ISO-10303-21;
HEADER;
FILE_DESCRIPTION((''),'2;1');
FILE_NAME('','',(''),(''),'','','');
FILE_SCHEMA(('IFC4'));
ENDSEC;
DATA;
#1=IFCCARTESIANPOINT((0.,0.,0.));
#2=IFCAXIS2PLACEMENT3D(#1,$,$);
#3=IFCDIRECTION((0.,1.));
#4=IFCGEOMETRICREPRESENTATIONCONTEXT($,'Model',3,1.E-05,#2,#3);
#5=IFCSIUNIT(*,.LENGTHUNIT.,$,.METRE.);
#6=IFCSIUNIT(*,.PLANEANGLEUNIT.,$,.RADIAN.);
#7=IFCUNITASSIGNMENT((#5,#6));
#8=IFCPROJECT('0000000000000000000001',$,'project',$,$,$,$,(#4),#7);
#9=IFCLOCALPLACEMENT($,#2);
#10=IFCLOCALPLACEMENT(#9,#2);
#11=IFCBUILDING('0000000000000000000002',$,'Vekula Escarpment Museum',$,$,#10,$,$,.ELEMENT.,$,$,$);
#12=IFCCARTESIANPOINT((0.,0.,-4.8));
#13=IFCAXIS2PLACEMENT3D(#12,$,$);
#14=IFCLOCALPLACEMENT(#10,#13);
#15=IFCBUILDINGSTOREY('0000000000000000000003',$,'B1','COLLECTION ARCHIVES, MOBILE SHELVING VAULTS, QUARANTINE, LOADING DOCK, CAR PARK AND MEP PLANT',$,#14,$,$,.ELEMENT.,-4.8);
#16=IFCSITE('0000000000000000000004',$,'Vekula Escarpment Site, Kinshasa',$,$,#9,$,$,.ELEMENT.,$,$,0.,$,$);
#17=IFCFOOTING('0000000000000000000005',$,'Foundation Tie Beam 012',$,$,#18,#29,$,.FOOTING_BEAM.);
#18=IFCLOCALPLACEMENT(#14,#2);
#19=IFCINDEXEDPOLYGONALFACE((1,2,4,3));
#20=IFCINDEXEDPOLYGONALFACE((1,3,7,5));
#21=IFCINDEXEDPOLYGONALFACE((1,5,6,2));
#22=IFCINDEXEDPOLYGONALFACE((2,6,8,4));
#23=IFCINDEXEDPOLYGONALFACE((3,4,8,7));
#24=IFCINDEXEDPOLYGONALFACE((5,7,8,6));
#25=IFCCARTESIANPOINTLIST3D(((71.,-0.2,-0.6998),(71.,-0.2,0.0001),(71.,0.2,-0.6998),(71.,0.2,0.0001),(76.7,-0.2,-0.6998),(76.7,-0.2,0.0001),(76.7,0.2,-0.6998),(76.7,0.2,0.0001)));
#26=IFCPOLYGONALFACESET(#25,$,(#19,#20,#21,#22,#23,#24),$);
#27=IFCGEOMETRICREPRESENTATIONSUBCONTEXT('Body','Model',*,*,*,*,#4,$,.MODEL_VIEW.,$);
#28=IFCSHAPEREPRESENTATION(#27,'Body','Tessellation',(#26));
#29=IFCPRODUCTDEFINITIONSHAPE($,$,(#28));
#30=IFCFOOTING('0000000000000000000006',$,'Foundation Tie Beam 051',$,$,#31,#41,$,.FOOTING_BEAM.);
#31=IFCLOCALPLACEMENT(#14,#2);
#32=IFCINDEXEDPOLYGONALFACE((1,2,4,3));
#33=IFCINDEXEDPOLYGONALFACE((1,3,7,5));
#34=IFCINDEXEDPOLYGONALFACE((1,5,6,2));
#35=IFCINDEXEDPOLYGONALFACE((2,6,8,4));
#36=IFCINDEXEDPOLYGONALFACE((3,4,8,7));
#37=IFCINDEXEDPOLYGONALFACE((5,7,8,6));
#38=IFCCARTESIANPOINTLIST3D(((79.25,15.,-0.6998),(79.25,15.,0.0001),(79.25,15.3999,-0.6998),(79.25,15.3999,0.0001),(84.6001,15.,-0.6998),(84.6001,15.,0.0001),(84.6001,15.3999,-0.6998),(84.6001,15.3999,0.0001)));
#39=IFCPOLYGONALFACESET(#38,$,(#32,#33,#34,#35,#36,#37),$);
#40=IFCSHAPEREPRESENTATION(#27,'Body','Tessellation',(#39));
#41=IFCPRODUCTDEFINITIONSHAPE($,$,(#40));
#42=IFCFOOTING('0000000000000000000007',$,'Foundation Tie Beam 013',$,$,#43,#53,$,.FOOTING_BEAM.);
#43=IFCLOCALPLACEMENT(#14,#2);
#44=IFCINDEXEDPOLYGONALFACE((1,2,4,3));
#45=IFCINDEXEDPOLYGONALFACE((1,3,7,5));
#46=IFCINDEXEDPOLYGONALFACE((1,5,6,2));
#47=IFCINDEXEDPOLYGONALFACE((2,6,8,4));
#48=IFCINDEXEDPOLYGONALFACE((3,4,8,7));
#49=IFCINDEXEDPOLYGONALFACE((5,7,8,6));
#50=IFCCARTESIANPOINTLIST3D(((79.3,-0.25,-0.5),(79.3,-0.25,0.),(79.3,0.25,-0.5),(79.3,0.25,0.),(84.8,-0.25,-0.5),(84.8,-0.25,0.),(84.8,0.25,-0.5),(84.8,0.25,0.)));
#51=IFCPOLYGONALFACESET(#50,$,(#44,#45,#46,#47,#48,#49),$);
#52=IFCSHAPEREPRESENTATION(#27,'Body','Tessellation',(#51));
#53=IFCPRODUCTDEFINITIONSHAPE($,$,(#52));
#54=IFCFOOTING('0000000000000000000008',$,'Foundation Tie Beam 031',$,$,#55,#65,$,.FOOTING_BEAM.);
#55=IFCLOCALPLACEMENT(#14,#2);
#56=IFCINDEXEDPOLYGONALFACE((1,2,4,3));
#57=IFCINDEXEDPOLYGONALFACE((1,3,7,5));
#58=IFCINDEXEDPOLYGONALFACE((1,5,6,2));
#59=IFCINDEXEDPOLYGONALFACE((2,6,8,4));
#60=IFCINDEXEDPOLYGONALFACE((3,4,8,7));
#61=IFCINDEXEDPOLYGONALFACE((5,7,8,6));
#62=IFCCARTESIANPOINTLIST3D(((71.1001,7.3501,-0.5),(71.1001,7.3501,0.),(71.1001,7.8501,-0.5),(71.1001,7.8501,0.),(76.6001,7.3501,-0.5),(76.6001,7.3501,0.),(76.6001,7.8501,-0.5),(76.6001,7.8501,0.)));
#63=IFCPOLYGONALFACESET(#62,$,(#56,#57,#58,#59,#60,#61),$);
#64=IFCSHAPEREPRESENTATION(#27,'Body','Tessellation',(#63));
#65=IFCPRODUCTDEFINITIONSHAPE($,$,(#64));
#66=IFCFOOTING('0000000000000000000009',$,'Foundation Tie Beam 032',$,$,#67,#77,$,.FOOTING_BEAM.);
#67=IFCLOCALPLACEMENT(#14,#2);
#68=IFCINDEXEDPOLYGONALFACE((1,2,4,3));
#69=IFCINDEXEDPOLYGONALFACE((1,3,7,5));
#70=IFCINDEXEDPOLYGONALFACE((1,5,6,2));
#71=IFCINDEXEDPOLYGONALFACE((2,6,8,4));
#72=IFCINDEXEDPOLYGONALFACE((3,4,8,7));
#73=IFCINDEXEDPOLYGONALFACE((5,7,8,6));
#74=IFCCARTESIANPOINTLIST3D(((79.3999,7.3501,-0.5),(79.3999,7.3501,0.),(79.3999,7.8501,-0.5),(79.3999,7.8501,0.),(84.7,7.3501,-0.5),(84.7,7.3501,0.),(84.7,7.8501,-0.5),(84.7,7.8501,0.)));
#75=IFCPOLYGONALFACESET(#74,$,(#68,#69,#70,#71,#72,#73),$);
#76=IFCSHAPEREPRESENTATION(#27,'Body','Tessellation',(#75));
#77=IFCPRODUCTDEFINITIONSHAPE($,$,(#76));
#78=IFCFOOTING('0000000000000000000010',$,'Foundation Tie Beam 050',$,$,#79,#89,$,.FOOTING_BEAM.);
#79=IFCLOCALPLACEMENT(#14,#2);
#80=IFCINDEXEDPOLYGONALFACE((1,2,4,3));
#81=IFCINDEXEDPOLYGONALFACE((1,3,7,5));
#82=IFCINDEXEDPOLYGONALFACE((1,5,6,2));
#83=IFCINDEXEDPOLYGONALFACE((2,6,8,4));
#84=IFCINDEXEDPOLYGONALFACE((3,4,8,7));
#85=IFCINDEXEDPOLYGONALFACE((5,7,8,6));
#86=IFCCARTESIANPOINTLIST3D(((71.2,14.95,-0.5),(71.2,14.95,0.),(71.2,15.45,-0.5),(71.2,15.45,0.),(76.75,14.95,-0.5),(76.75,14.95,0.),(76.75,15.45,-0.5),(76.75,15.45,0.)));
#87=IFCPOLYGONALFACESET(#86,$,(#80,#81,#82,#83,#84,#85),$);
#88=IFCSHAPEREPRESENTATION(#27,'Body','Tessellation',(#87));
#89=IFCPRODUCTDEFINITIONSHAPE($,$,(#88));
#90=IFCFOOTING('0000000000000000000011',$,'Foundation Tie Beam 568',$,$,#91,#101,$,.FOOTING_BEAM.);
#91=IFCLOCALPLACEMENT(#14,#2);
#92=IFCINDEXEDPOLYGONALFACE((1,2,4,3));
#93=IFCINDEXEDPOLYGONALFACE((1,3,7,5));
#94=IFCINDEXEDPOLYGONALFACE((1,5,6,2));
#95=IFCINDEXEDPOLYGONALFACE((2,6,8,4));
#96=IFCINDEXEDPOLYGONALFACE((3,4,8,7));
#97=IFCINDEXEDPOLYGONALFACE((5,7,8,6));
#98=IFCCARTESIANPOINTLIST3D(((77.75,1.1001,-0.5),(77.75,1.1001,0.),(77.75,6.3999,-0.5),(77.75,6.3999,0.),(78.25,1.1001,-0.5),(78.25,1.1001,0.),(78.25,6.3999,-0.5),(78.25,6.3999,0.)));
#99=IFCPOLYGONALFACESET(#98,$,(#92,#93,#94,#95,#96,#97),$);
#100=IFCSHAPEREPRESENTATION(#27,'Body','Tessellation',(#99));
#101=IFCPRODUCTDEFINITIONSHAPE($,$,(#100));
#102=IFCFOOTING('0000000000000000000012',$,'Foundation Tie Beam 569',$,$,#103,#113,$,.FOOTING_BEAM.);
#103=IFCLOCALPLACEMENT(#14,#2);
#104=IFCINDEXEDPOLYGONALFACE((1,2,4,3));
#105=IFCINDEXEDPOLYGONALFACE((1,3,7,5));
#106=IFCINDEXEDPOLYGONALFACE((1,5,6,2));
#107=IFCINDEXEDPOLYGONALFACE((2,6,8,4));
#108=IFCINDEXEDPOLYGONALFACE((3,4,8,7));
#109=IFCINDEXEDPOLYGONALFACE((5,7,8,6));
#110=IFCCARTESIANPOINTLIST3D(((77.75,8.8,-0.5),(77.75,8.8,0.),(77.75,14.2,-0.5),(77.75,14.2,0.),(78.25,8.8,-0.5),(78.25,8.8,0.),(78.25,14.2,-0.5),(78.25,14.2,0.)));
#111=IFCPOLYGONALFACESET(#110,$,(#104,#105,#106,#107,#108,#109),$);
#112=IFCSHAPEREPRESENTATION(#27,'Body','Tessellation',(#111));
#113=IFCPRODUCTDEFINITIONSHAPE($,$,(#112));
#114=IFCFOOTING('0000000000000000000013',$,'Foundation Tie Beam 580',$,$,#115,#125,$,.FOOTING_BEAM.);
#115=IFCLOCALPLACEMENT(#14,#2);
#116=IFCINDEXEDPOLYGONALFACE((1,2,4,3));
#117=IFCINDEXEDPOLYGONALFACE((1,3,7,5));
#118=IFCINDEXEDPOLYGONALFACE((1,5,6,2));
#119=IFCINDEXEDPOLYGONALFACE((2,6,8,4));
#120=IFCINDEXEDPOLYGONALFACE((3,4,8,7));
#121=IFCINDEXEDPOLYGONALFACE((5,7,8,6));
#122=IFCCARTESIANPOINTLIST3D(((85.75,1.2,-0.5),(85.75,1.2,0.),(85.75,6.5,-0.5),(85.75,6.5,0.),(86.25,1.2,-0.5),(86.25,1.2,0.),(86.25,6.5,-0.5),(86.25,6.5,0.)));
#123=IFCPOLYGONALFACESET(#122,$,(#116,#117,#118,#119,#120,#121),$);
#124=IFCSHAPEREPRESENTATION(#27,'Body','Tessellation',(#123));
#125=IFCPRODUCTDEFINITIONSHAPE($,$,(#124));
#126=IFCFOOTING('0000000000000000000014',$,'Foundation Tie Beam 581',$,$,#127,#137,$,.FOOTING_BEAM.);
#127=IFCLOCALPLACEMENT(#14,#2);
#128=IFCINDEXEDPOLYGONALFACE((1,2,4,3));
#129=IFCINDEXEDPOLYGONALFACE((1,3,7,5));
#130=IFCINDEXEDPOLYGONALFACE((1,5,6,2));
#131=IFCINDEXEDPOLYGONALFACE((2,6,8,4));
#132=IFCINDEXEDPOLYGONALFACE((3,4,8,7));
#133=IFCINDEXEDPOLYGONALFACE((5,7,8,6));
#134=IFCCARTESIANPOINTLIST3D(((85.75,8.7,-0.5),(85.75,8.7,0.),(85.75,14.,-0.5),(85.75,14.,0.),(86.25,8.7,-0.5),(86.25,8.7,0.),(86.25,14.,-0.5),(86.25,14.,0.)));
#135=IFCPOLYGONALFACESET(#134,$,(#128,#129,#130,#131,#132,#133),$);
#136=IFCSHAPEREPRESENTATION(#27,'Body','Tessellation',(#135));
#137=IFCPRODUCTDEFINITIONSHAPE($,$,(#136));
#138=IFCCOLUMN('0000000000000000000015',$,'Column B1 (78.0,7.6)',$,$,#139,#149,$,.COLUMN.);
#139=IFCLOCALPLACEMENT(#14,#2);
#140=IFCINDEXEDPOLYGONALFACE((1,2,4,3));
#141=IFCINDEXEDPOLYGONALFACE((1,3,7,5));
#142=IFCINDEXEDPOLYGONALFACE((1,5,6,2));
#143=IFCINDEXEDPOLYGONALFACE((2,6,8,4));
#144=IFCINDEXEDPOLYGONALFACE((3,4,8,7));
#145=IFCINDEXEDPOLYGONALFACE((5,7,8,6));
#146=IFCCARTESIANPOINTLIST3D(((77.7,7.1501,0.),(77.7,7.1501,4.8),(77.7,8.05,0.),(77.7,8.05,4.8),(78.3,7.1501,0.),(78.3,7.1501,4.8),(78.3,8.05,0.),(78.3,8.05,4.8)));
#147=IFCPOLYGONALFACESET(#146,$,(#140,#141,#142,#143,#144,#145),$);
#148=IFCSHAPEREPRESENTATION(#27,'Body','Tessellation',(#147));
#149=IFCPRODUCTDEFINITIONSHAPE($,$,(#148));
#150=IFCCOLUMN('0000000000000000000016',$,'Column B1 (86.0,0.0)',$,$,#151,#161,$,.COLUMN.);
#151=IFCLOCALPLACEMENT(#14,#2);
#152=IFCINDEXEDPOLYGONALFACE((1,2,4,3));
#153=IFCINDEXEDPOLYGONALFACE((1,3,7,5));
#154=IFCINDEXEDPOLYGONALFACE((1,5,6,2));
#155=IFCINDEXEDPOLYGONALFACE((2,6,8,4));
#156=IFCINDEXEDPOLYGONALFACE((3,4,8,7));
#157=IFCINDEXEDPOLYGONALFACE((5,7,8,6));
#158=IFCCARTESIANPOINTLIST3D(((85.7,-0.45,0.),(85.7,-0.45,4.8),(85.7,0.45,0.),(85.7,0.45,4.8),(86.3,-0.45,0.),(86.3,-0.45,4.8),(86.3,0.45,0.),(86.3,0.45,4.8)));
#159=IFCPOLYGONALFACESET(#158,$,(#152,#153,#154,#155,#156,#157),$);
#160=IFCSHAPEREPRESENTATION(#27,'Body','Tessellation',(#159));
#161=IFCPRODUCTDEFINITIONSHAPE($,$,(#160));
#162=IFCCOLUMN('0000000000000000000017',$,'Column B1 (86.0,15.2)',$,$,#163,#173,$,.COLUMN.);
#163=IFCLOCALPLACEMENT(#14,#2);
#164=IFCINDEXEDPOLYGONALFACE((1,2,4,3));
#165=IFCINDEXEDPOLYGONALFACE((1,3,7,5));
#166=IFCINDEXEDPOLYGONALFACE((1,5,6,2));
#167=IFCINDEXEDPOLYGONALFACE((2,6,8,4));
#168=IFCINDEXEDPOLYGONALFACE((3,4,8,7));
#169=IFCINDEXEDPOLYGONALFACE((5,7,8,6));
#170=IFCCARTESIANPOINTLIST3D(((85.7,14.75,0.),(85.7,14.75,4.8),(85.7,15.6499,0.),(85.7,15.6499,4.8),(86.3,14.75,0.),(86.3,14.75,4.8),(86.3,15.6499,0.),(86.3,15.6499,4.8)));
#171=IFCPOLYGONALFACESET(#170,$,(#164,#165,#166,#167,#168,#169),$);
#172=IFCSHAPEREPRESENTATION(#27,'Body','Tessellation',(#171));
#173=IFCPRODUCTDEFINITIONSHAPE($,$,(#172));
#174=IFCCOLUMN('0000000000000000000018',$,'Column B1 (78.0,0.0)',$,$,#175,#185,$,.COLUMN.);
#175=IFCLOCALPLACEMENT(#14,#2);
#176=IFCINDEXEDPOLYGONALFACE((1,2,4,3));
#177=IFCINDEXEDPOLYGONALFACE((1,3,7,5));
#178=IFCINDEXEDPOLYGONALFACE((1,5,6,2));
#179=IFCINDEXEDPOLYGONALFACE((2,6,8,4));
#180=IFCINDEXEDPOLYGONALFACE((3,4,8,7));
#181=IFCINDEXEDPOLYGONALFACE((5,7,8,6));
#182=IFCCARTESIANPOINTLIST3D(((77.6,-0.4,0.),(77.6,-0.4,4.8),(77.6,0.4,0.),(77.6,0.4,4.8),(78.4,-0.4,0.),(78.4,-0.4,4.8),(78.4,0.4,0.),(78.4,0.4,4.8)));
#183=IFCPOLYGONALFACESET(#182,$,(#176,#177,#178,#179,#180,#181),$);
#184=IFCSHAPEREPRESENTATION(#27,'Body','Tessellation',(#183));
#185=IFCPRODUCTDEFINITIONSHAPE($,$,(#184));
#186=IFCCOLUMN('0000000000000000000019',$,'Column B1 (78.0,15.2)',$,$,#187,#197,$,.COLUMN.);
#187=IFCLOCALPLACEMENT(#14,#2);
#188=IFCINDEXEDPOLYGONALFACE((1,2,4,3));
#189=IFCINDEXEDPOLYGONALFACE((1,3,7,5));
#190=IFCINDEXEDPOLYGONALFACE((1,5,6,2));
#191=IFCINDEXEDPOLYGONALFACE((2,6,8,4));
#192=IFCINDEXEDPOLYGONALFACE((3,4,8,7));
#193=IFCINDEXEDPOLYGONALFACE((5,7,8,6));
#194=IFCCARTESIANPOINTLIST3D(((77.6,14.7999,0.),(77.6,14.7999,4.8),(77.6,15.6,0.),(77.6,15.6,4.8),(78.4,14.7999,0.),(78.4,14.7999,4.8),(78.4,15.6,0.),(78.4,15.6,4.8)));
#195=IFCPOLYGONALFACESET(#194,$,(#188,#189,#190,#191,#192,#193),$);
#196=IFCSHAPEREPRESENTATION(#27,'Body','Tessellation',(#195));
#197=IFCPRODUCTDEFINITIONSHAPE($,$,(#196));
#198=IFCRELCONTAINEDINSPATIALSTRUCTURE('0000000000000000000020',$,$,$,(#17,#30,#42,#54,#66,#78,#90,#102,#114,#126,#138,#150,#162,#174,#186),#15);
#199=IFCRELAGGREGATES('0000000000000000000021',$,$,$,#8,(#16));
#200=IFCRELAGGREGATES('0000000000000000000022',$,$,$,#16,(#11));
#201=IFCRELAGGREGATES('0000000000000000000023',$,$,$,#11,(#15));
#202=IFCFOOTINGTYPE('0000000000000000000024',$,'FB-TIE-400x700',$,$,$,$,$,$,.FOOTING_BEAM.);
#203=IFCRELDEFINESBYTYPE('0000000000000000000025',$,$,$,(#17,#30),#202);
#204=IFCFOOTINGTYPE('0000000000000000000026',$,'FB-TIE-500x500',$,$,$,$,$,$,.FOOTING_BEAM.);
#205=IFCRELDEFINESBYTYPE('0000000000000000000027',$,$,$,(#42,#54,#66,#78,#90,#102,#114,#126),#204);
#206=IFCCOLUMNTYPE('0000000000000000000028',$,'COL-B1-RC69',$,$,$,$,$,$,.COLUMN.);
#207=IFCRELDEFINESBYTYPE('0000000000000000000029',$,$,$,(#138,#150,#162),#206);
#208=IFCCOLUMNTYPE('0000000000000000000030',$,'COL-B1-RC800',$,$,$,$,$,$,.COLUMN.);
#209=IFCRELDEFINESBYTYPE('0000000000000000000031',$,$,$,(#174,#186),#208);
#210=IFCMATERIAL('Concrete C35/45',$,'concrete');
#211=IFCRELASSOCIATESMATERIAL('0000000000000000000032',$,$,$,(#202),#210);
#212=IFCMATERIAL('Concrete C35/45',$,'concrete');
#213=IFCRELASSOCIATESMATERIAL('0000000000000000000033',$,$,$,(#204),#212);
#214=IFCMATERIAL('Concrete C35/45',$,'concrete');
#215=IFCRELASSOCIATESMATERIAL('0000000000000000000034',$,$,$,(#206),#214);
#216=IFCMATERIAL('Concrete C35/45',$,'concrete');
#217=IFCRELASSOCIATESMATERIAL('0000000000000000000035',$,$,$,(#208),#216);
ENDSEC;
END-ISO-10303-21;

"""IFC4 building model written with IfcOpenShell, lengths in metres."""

from ifc_helpers import new_model, si_unit, direction, frame, origin, origin_2d, place, context, subcontext, project, spatial, rectangle, extrude, material, material_profile, profile_set, type_object, element, save


model = new_model("IFC4")

# Units and contexts
model_context = context("Model", 3, precision=1e-05, world=origin(), true_north=direction((0.0, 1.0)))
body_context = subcontext(model_context, "Body", "Model", "MODEL_VIEW")
ifc_project = project(units=[si_unit("LENGTHUNIT", "METRE"), si_unit("PLANEANGLEUNIT", "RADIAN")], contexts=[model_context])

# Site, building, storey
site_placement = place(None, origin())
site = spatial("IfcSite", under=ifc_project, at=site_placement, Name="Vekula Escarpment Site, Kinshasa", CompositionType="ELEMENT", RefElevation=0.0)
building_placement = place(site_placement, origin())
building = spatial("IfcBuilding", under=site, at=building_placement, Name="Vekula Escarpment Museum", CompositionType="ELEMENT")
storey_placement = place(building_placement, frame((0.0, 0.0, -4.8)))
storey = spatial("IfcBuildingStorey", under=building, at=storey_placement, Name="B1", Description="COLLECTION ARCHIVES, MOBILE SHELVING VAULTS, QUARANTINE, LOADING DOCK, CAR PARK AND MEP PLANT", CompositionType="ELEMENT", Elevation=-4.8)

# Footings
ifc_material_1 = material(Name="Concrete C35/45", Category="concrete")
ifc_material_profile_1 = material_profile(ifc_material_1, rectangle(XDim=0.3999, YDim=0.7, at=origin_2d()), Name="RC 400x700")
ifc_profile_set_1 = profile_set([ifc_material_profile_1], Name="Concrete C35/45")
footing_type_1 = type_object("IfcFootingType", Name="FB-TIE-400x700", PredefinedType="FOOTING_BEAM", material=ifc_profile_set_1)
footing_1_placement = place(storey_placement, frame((71.0, 0.0, -0.3499), z_axis=(1.0, 0.0, 0.0), x_axis=(0.0, 1.0, 0.0)))
element("IfcFooting", 1, at=footing_1_placement, inside=storey, type_object=footing_type_1, Name="Foundation Tie Beam 012", PredefinedType="FOOTING_BEAM", context=body_context, shape_type="SweptSolid", body=[
    extrude(rectangle(XDim=0.3999, YDim=0.7, at=origin_2d()), origin(), (0.0, 0.0, 1.0), 5.7),
])
footing_2_placement = place(storey_placement, frame((79.25, 15.2, -0.3499), z_axis=(1.0, 0.0, 0.0), x_axis=(0.0, 1.0, 0.0)))
element("IfcFooting", 2, at=footing_2_placement, inside=storey, type_object=footing_type_1, Name="Foundation Tie Beam 051", PredefinedType="FOOTING_BEAM", context=body_context, shape_type="SweptSolid", body=[
    extrude(rectangle(XDim=0.3999, YDim=0.7, at=origin_2d()), origin(), (0.0, 0.0, 1.0), 5.3501),
])
ifc_material_2 = material(Name="Concrete C35/45", Category="concrete")
ifc_material_profile_2 = material_profile(ifc_material_2, rectangle(XDim=0.5, YDim=0.5, at=origin_2d()), Name="RC 500x500")
ifc_profile_set_2 = profile_set([ifc_material_profile_2], Name="Concrete C35/45")
footing_type_2 = type_object("IfcFootingType", Name="FB-TIE-500x500", PredefinedType="FOOTING_BEAM", material=ifc_profile_set_2)
for number, where, z_axis, x_axis, name in (
    (3, (79.3, 0.0, -0.25), (1.0, 0.0, 0.0), (0.0, 1.0, 0.0), "Foundation Tie Beam 013"),
    (4, (71.1001, 7.6001, -0.25), (1.0, 0.0, 0.0), (0.0, 1.0, 0.0), "Foundation Tie Beam 031"),
):
    element("IfcFooting", number, at=place(storey_placement, frame(where, z_axis=z_axis, x_axis=x_axis)), inside=storey, type_object=footing_type_2, Name=name, PredefinedType="FOOTING_BEAM", context=body_context, shape_type="SweptSolid", body=[
        extrude(rectangle(XDim=0.5, YDim=0.5, at=origin_2d()), origin(), (0.0, 0.0, 1.0), 5.5),
    ])
footing_3_placement = place(storey_placement, frame((79.3999, 7.6001, -0.25), z_axis=(1.0, 0.0, 0.0), x_axis=(0.0, 1.0, 0.0)))
element("IfcFooting", 5, at=footing_3_placement, inside=storey, type_object=footing_type_2, Name="Foundation Tie Beam 032", PredefinedType="FOOTING_BEAM", context=body_context, shape_type="SweptSolid", body=[
    extrude(rectangle(XDim=0.5, YDim=0.5, at=origin_2d()), origin(), (0.0, 0.0, 1.0), 5.3),
])
footing_4_placement = place(storey_placement, frame((71.2, 15.2, -0.25), z_axis=(1.0, 0.0, 0.0), x_axis=(0.0, 1.0, 0.0)))
element("IfcFooting", 6, at=footing_4_placement, inside=storey, type_object=footing_type_2, Name="Foundation Tie Beam 050", PredefinedType="FOOTING_BEAM", context=body_context, shape_type="SweptSolid", body=[
    extrude(rectangle(XDim=0.5, YDim=0.5, at=origin_2d()), origin(), (0.0, 0.0, 1.0), 5.55),
])
footing_5_placement = place(storey_placement, frame((78.0, 1.1001, -0.25), z_axis=(0.0, 1.0, 0.0), x_axis=(-1.0, 0.0, 0.0)))
element("IfcFooting", 7, at=footing_5_placement, inside=storey, type_object=footing_type_2, Name="Foundation Tie Beam 568", PredefinedType="FOOTING_BEAM", context=body_context, shape_type="SweptSolid", body=[
    extrude(rectangle(XDim=0.5, YDim=0.5, at=origin_2d()), origin(), (0.0, 0.0, 1.0), 5.2998),
])
footing_6_placement = place(storey_placement, frame((78.0, 8.8, -0.25), z_axis=(0.0, 1.0, 0.0), x_axis=(-1.0, 0.0, 0.0)))
element("IfcFooting", 8, at=footing_6_placement, inside=storey, type_object=footing_type_2, Name="Foundation Tie Beam 569", PredefinedType="FOOTING_BEAM", context=body_context, shape_type="SweptSolid", body=[
    extrude(rectangle(XDim=0.5, YDim=0.5, at=origin_2d()), origin(), (0.0, 0.0, 1.0), 5.3999),
])
for number, where, z_axis, x_axis, name in (
    (9, (86.0, 1.2, -0.25), (0.0, 1.0, 0.0), (-1.0, 0.0, 0.0), "Foundation Tie Beam 580"),
    (10, (86.0, 8.7, -0.25), (0.0, 1.0, 0.0), (-1.0, 0.0, 0.0), "Foundation Tie Beam 581"),
):
    element("IfcFooting", number, at=place(storey_placement, frame(where, z_axis=z_axis, x_axis=x_axis)), inside=storey, type_object=footing_type_2, Name=name, PredefinedType="FOOTING_BEAM", context=body_context, shape_type="SweptSolid", body=[
        extrude(rectangle(XDim=0.5, YDim=0.5, at=origin_2d()), origin(), (0.0, 0.0, 1.0), 5.3),
    ])

# Columns
ifc_material_3 = material(Name="Concrete C35/45", Category="concrete")
ifc_material_profile_3 = material_profile(ifc_material_3, rectangle(XDim=0.6001, YDim=0.8999, at=origin_2d()), Name="RC 600x900")
ifc_profile_set_3 = profile_set([ifc_material_profile_3], Name="Concrete C35/45")
column_type_1 = type_object("IfcColumnType", Name="COL-B1-RC69", PredefinedType="COLUMN", material=ifc_profile_set_3)
for number, where, z_axis, x_axis, name in (
    (11, (78.0, 7.6001, 0.0), (0.0, 0.0, 1.0), (1.0, 0.0, 0.0), "Column B1 (78.0,7.6)"),
    (12, (86.0, 0.0, 0.0), (0.0, 0.0, 1.0), (1.0, 0.0, 0.0), "Column B1 (86.0,0.0)"),
    (13, (86.0, 15.2, 0.0), (0.0, 0.0, 1.0), (1.0, 0.0, 0.0), "Column B1 (86.0,15.2)"),
):
    element("IfcColumn", number, at=place(storey_placement, frame(where, z_axis=z_axis, x_axis=x_axis)), inside=storey, type_object=column_type_1, Name=name, PredefinedType="COLUMN", context=body_context, shape_type="SweptSolid", body=[
        extrude(rectangle(XDim=0.6001, YDim=0.8999, at=origin_2d()), origin(), (0.0, 0.0, 1.0), 4.8),
    ])
ifc_material_4 = material(Name="Concrete C35/45", Category="concrete")
ifc_material_profile_4 = material_profile(ifc_material_4, rectangle(XDim=0.8, YDim=0.8, at=origin_2d()), Name="RC 800x800")
ifc_profile_set_4 = profile_set([ifc_material_profile_4], Name="Concrete C35/45")
column_type_2 = type_object("IfcColumnType", Name="COL-B1-RC800", PredefinedType="COLUMN", material=ifc_profile_set_4)
for number, where, z_axis, x_axis, name in (
    (14, (78.0, 0.0, 0.0), (0.0, 0.0, 1.0), (1.0, 0.0, 0.0), "Column B1 (78.0,0.0)"),
    (15, (78.0, 15.2, 0.0), (0.0, 0.0, 1.0), (1.0, 0.0, 0.0), "Column B1 (78.0,15.2)"),
):
    element("IfcColumn", number, at=place(storey_placement, frame(where, z_axis=z_axis, x_axis=x_axis)), inside=storey, type_object=column_type_2, Name=name, PredefinedType="COLUMN", context=body_context, shape_type="SweptSolid", body=[
        extrude(rectangle(XDim=0.8, YDim=0.8, at=origin_2d()), origin(), (0.0, 0.0, 1.0), 4.8),
    ])

save(model, "model.ifc")
